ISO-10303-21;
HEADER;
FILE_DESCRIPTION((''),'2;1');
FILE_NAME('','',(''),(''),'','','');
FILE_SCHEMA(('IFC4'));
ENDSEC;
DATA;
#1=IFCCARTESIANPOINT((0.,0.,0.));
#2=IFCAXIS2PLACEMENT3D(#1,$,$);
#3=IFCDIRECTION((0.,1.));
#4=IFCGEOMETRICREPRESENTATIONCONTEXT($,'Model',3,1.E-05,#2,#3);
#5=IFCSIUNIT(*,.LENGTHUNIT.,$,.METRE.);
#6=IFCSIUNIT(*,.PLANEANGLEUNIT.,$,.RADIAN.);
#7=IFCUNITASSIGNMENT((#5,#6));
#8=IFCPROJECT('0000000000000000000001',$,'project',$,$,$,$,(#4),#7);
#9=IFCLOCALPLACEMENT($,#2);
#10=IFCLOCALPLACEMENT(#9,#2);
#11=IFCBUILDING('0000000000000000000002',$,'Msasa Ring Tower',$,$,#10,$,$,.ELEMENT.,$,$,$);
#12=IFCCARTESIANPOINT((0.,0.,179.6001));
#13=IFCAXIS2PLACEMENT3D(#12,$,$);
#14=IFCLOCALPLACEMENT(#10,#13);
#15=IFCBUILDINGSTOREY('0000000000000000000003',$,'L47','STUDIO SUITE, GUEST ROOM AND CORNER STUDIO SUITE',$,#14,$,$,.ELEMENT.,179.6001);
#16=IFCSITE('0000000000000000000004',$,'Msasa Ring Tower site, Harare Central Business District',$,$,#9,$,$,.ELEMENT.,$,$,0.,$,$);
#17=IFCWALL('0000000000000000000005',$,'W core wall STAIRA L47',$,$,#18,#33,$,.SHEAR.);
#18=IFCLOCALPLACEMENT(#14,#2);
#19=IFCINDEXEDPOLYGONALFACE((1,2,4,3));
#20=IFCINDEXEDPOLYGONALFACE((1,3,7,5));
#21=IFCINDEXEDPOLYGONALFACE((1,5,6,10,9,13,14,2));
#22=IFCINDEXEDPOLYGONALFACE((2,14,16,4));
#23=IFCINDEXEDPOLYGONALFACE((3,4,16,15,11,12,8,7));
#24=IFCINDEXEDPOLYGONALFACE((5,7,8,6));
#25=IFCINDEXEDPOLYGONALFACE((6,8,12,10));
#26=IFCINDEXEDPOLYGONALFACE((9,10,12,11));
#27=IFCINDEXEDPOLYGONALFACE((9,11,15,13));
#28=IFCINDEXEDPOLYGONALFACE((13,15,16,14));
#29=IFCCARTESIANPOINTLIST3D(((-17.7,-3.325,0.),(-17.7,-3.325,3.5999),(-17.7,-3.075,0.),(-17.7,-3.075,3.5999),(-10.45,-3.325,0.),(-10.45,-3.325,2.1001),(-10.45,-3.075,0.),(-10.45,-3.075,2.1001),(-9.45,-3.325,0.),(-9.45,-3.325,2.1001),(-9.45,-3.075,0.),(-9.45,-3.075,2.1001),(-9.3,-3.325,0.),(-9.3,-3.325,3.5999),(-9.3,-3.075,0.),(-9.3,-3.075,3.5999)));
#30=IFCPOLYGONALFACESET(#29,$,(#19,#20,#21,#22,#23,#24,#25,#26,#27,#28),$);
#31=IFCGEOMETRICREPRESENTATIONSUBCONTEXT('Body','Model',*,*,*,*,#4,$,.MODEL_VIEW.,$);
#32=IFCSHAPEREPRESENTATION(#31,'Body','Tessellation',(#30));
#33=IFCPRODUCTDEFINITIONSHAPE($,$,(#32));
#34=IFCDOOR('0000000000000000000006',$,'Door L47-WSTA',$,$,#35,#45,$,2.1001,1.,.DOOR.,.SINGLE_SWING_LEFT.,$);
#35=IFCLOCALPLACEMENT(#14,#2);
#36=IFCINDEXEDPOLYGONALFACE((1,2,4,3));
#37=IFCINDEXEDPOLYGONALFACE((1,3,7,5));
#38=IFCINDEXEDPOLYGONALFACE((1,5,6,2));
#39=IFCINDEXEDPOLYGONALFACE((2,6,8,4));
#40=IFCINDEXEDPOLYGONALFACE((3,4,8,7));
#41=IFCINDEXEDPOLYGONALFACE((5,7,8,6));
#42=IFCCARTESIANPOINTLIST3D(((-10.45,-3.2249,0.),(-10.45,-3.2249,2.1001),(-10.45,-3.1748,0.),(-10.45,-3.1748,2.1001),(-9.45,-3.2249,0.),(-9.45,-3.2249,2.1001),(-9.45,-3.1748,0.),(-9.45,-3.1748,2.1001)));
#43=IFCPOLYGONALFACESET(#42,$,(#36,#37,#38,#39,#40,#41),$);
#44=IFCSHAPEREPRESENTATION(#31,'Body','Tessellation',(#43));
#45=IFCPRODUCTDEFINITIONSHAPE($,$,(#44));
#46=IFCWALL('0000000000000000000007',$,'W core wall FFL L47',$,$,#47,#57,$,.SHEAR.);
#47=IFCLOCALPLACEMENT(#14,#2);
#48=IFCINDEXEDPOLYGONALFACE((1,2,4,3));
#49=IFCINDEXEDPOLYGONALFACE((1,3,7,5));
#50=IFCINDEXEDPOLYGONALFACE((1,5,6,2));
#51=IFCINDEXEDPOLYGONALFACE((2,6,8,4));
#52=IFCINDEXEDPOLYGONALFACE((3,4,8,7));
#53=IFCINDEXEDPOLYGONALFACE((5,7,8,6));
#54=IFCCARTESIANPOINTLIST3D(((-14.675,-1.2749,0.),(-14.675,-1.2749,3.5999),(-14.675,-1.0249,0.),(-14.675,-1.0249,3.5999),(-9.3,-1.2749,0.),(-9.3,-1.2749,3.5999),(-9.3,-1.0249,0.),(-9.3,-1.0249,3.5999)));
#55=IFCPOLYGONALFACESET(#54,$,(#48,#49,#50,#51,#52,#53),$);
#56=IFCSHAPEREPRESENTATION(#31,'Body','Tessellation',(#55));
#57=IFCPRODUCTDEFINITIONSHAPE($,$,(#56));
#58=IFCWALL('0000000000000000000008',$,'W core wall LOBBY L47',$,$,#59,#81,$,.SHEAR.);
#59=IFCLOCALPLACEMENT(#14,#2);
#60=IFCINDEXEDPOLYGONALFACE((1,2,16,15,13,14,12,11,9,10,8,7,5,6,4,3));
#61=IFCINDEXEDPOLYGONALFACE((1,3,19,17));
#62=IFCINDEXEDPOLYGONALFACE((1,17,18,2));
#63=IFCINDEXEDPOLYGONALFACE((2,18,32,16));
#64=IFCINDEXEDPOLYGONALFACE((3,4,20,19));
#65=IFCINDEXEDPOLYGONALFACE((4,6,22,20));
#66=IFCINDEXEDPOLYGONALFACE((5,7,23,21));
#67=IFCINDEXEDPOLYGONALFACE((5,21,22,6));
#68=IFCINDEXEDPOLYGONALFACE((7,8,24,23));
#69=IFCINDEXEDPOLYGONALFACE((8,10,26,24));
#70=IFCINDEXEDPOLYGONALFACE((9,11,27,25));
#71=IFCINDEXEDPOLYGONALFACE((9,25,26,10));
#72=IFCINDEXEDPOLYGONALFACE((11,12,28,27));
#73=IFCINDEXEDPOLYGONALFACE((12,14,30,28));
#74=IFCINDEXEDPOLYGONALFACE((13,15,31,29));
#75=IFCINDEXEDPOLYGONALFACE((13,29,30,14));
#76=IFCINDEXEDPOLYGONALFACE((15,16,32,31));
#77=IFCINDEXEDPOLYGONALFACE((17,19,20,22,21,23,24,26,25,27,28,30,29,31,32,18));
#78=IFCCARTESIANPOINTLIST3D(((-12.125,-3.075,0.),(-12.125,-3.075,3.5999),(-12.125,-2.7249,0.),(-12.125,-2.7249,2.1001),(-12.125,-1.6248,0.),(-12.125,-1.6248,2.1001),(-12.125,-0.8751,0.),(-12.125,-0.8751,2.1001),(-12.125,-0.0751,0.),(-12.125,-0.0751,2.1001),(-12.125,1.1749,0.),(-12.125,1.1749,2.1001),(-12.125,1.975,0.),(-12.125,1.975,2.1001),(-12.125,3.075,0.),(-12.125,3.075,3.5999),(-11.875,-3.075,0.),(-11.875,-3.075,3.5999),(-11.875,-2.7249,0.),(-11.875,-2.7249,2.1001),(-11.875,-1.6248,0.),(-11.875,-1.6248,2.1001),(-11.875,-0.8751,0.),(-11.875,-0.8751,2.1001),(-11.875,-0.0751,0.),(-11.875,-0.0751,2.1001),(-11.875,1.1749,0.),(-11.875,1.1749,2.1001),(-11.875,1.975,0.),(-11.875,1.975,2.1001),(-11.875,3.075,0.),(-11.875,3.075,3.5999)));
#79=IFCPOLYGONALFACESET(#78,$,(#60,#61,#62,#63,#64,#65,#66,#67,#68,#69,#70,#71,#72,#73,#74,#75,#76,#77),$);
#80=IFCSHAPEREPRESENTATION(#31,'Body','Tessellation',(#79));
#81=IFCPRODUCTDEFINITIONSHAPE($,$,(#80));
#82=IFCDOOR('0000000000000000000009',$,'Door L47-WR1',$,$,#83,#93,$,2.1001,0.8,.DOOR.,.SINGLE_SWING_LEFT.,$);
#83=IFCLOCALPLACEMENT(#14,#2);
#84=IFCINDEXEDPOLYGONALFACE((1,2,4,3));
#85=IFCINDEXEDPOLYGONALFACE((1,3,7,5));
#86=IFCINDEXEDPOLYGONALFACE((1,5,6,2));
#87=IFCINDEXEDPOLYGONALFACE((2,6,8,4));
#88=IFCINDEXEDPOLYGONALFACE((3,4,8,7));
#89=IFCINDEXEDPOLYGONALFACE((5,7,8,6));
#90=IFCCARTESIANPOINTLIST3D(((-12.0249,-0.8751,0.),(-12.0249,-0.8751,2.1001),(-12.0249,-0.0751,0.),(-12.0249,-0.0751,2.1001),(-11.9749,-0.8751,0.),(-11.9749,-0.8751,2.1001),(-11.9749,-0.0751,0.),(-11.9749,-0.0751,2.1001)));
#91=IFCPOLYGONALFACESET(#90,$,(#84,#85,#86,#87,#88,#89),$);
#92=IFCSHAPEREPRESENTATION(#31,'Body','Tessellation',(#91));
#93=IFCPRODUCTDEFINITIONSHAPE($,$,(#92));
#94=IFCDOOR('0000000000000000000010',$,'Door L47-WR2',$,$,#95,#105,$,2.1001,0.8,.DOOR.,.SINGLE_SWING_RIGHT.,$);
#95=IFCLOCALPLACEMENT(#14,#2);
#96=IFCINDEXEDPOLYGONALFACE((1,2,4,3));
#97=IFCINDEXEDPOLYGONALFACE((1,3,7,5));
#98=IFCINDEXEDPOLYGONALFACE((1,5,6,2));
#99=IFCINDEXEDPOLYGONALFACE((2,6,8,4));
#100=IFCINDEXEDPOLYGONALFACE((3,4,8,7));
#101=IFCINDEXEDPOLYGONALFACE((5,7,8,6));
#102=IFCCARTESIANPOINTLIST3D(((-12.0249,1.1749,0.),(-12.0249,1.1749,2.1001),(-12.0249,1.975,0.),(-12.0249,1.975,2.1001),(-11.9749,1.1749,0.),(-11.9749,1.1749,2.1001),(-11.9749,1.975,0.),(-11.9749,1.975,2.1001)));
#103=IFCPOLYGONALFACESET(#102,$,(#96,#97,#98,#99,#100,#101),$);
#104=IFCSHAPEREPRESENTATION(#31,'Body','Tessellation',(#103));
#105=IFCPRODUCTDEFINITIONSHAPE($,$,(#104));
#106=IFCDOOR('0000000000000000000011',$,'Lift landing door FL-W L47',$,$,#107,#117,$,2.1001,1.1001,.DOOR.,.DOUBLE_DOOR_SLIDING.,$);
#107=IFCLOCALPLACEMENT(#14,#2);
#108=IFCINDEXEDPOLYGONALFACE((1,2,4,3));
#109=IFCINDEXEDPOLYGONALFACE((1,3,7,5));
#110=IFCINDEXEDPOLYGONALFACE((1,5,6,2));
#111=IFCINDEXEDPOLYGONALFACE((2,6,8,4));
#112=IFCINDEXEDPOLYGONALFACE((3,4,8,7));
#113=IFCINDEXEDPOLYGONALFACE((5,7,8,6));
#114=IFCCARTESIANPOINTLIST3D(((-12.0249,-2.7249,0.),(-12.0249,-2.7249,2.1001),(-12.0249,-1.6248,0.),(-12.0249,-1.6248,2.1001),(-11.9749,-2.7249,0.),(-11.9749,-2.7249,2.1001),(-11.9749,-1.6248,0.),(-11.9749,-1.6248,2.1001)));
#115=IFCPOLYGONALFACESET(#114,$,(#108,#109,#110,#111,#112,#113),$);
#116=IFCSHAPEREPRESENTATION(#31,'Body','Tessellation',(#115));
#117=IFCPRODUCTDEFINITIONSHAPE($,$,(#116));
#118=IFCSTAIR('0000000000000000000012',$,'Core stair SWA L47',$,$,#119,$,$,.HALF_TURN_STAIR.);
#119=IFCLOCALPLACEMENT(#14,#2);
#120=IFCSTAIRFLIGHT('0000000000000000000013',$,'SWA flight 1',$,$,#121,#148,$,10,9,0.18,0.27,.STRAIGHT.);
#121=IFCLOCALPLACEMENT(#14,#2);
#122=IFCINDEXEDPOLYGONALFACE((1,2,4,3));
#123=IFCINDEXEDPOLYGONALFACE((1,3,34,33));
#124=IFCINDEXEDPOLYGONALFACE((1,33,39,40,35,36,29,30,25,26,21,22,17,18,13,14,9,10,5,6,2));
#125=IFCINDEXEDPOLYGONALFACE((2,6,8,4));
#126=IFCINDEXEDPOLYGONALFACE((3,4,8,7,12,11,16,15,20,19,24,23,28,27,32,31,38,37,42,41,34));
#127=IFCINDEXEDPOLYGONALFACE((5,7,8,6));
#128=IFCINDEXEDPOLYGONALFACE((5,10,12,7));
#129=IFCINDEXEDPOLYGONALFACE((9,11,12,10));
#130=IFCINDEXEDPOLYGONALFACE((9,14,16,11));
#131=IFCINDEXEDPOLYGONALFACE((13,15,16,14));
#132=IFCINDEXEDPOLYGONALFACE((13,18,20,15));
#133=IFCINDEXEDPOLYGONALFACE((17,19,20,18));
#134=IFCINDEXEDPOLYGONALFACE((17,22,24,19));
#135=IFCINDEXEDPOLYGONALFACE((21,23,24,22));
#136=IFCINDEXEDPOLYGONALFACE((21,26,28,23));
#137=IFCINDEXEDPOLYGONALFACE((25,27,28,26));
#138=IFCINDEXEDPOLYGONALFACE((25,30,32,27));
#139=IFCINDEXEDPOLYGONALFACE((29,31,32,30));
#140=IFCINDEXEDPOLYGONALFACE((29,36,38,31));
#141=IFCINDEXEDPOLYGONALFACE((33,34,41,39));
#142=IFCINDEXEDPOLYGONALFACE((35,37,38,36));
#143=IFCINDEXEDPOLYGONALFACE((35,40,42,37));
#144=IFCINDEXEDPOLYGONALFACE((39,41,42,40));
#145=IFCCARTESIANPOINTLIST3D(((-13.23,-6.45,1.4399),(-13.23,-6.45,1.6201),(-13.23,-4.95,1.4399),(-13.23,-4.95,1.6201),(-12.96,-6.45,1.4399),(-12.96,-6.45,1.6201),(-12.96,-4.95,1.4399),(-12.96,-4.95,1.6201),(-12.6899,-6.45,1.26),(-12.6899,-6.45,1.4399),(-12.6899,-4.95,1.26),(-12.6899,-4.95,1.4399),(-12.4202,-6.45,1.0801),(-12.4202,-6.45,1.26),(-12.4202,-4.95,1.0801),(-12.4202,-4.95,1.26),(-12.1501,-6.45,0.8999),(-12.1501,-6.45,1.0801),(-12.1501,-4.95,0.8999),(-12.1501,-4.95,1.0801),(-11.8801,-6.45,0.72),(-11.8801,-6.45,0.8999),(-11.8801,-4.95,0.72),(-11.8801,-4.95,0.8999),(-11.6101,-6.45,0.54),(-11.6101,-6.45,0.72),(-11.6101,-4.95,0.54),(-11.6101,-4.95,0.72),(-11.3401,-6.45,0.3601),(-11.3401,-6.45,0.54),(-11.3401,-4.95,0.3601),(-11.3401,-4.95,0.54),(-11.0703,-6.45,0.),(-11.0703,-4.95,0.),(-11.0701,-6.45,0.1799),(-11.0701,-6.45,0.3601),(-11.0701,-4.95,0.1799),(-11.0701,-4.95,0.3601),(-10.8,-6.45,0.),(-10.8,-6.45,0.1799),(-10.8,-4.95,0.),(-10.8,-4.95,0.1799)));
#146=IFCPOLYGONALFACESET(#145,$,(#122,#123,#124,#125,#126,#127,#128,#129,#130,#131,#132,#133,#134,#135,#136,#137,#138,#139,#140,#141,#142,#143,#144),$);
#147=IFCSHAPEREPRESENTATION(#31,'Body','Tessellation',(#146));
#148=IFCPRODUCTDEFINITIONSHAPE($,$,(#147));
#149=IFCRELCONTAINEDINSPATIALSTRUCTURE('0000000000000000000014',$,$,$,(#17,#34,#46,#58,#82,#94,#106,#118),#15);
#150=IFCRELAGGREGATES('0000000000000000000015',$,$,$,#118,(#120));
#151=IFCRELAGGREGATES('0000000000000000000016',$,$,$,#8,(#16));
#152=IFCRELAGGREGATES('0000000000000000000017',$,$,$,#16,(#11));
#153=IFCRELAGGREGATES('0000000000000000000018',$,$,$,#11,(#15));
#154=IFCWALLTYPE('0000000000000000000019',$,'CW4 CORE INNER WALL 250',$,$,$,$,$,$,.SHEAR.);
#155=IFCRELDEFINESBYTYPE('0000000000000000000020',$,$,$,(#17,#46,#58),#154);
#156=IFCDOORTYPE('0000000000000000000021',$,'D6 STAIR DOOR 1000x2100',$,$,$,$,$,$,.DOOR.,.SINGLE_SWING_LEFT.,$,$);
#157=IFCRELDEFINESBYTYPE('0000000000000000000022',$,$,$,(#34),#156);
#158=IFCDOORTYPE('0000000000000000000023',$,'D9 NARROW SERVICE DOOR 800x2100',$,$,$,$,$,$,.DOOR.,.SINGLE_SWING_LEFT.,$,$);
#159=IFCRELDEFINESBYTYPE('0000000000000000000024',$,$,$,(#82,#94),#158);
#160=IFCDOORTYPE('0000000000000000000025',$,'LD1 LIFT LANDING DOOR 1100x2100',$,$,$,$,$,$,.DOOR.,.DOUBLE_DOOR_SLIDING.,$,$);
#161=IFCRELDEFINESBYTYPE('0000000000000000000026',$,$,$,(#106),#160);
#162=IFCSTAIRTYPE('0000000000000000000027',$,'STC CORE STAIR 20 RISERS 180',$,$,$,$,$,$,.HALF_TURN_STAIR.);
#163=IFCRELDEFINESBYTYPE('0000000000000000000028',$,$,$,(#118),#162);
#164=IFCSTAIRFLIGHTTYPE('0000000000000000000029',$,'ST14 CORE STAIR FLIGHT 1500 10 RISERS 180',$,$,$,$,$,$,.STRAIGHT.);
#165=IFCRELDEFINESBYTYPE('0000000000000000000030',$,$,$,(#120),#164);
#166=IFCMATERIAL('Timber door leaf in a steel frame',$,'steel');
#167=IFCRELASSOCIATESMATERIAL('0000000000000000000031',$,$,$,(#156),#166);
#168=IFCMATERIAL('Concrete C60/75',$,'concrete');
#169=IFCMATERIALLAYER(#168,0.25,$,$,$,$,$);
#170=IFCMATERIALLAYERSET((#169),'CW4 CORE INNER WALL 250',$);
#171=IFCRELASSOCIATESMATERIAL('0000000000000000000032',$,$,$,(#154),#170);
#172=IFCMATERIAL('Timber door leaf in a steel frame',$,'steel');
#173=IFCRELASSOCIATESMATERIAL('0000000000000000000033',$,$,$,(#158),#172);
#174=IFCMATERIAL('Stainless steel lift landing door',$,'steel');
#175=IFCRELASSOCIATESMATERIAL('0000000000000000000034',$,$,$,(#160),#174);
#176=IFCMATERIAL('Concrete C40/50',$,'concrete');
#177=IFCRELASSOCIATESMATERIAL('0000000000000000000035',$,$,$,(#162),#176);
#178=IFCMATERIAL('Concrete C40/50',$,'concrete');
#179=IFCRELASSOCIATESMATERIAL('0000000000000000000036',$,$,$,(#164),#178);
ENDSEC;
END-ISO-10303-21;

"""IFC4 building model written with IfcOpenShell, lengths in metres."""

from ifc_helpers import new_model, si_unit, direction, frame, frame_2d, origin, place, context, subcontext, project, spatial, polyline, rectangle, outline, extrude, material, layer, layer_set, type_object, element, fill, aggregate, save


model = new_model("IFC4")

# Units and contexts
model_context = context("Model", 3, precision=1e-05, world=origin(), true_north=direction((0.0, 1.0)))
body_context = subcontext(model_context, "Body", "Model", "MODEL_VIEW")
ifc_project = project(units=[si_unit("LENGTHUNIT", "METRE"), si_unit("PLANEANGLEUNIT", "RADIAN")], contexts=[model_context])

# Site, building, storey
site_placement = place(None, origin())
site = spatial("IfcSite", under=ifc_project, at=site_placement, Name="Msasa Ring Tower site, Harare Central Business District", CompositionType="ELEMENT", RefElevation=0.0)
building_placement = place(site_placement, origin())
building = spatial("IfcBuilding", under=site, at=building_placement, Name="Msasa Ring Tower", CompositionType="ELEMENT")
storey_placement = place(building_placement, frame((0.0, 0.0, 179.6001)))
storey = spatial("IfcBuildingStorey", under=building, at=storey_placement, Name="L47", Description="STUDIO SUITE, GUEST ROOM AND CORNER STUDIO SUITE", CompositionType="ELEMENT", Elevation=179.6001)

# Shared definitions
ifc_material_1 = material(Name="Timber door leaf in a steel frame", Category="steel")
door_type_1 = type_object("IfcDoorType", Name="D6 STAIR DOOR 1000x2100", OperationType="SINGLE_SWING_LEFT", PredefinedType="DOOR", material=ifc_material_1)

# Wall, opening, door
ifc_material_2 = material(Name="Concrete C60/75", Category="concrete")
ifc_layer_1 = layer(ifc_material_2, 0.25)
ifc_layer_set_1 = layer_set([ifc_layer_1], Name="CW4 CORE INNER WALL 250")
wall_type_1 = type_object("IfcWallType", Name="CW4 CORE INNER WALL 250", PredefinedType="SHEAR", material=ifc_layer_set_1)
wall_1_placement = place(storey_placement, frame((-9.3, -3.2, 0.0), z_axis=(0.0, 0.0, 1.0), x_axis=(-1.0, 0.0, 0.0)))
wall_1 = element("IfcWall", 1, at=wall_1_placement, inside=storey, type_object=wall_type_1, Name="W core wall STAIRA L47", PredefinedType="SHEAR", context=body_context, shape_type="SweptSolid", body=[
    extrude(rectangle(XDim=8.3999, YDim=0.25, at=frame_2d((4.2, 0.0))), origin(), (0.0, 0.0, 1.0), 3.5999),
])
opening_1_placement = place(wall_1_placement, frame((0.1499, 0.0, 0.0)))
opening_1 = element("IfcOpeningElement", 2, at=opening_1_placement, cuts=wall_1, PredefinedType="OPENING", context=body_context, shape_type="SweptSolid", body=[
    extrude(rectangle(XDim=1.0, YDim=2.1001, at=frame_2d((0.5, 1.05))), frame((0.0, 0.135, 0.0), z_axis=(0.0, -1.0, 0.0), x_axis=(1.0, 0.0, 0.0)), (0.0, 0.0, 1.0), 0.27),
])
door_1_placement = place(opening_1_placement, origin())
door_1 = element("IfcDoor", 3, at=door_1_placement, inside=storey, type_object=door_type_1, Name="Door L47-WSTA", OperationType="SINGLE_SWING_LEFT", OverallHeight=2.1001, OverallWidth=1.0, PredefinedType="DOOR", context=body_context, shape_type="SweptSolid", body=[
    extrude(rectangle(XDim=1.0, YDim=2.1001, at=frame_2d((0.5, 1.05))), frame((0.0, 0.0249, 0.0), z_axis=(0.0, -1.0, 0.0), x_axis=(1.0, 0.0, 0.0)), (0.0, 0.0, 1.0), 0.05),
])
fill(opening_1, door_1)

# Wall
wall_2_placement = place(storey_placement, frame((-9.3, -1.1499, 0.0), z_axis=(0.0, 0.0, 1.0), x_axis=(-1.0, 0.0, 0.0)))
element("IfcWall", 4, at=wall_2_placement, inside=storey, type_object=wall_type_1, Name="W core wall FFL L47", PredefinedType="SHEAR", context=body_context, shape_type="SweptSolid", body=[
    extrude(rectangle(XDim=5.375, YDim=0.25, at=frame_2d((2.6875, 0.0))), origin(), (0.0, 0.0, 1.0), 3.5999),
])

# Wall, openings, doors
wall_3_placement = place(storey_placement, frame((-12.0, -3.075, 0.0), z_axis=(0.0, 0.0, 1.0), x_axis=(0.0, 1.0, 0.0)))
wall_3 = element("IfcWall", 5, at=wall_3_placement, inside=storey, type_object=wall_type_1, Name="W core wall LOBBY L47", PredefinedType="SHEAR", context=body_context, shape_type="SweptSolid", body=[
    extrude(rectangle(XDim=6.1499, YDim=0.25, at=frame_2d((3.075, 0.0))), origin(), (0.0, 0.0, 1.0), 3.5999),
])
opening_2_placement = place(wall_3_placement, frame((2.2, 0.0, 0.0)))
opening_2 = element("IfcOpeningElement", 6, at=opening_2_placement, cuts=wall_3, PredefinedType="OPENING", context=body_context, shape_type="SweptSolid", body=[
    extrude(rectangle(XDim=0.8, YDim=2.1001, at=frame_2d((0.3999, 1.05))), frame((0.0, 0.135, 0.0), z_axis=(0.0, -1.0, 0.0), x_axis=(1.0, 0.0, 0.0)), (0.0, 0.0, 1.0), 0.27),
])
opening_3_placement = place(wall_3_placement, frame((4.25, 0.0, 0.0)))
opening_3 = element("IfcOpeningElement", 7, at=opening_3_placement, cuts=wall_3, PredefinedType="OPENING", context=body_context, shape_type="SweptSolid", body=[
    extrude(rectangle(XDim=0.8, YDim=2.1001, at=frame_2d((0.3999, 1.05))), frame((0.0, 0.135, 0.0), z_axis=(0.0, -1.0, 0.0), x_axis=(1.0, 0.0, 0.0)), (0.0, 0.0, 1.0), 0.27),
])
opening_4_placement = place(wall_3_placement, frame((0.3501, 0.0, 0.0)))
opening_4 = element("IfcOpeningElement", 8, at=opening_4_placement, cuts=wall_3, PredefinedType="OPENING", context=body_context, shape_type="SweptSolid", body=[
    extrude(rectangle(XDim=1.1001, YDim=2.1001, at=frame_2d((0.55, 1.05))), frame((0.0, 0.135, 0.0), z_axis=(0.0, -1.0, 0.0), x_axis=(1.0, 0.0, 0.0)), (0.0, 0.0, 1.0), 0.27),
])
ifc_material_3 = material(Name="Timber door leaf in a steel frame", Category="steel")
door_type_2 = type_object("IfcDoorType", Name="D9 NARROW SERVICE DOOR 800x2100", OperationType="SINGLE_SWING_LEFT", PredefinedType="DOOR", material=ifc_material_3)
door_2_placement = place(opening_2_placement, origin())
door_2 = element("IfcDoor", 9, at=door_2_placement, inside=storey, type_object=door_type_2, Name="Door L47-WR1", OperationType="SINGLE_SWING_LEFT", OverallHeight=2.1001, OverallWidth=0.8, PredefinedType="DOOR", context=body_context, shape_type="SweptSolid", body=[
    extrude(rectangle(XDim=0.8, YDim=2.1001, at=frame_2d((0.3999, 1.05))), frame((0.0, 0.0249, 0.0), z_axis=(0.0, -1.0, 0.0), x_axis=(1.0, 0.0, 0.0)), (0.0, 0.0, 1.0), 0.05),
])
fill(opening_2, door_2)
door_3_placement = place(opening_3_placement, origin())
door_3 = element("IfcDoor", 10, at=door_3_placement, inside=storey, type_object=door_type_2, Name="Door L47-WR2", OperationType="SINGLE_SWING_RIGHT", OverallHeight=2.1001, OverallWidth=0.8, PredefinedType="DOOR", context=body_context, shape_type="SweptSolid", body=[
    extrude(rectangle(XDim=0.8, YDim=2.1001, at=frame_2d((0.3999, 1.05))), frame((0.0, 0.0249, 0.0), z_axis=(0.0, -1.0, 0.0), x_axis=(1.0, 0.0, 0.0)), (0.0, 0.0, 1.0), 0.05),
])
fill(opening_3, door_3)
ifc_material_4 = material(Name="Stainless steel lift landing door", Category="steel")
door_type_3 = type_object("IfcDoorType", Name="LD1 LIFT LANDING DOOR 1100x2100", OperationType="DOUBLE_DOOR_SLIDING", PredefinedType="DOOR", material=ifc_material_4)
door_4_placement = place(opening_4_placement, origin())
door_4 = element("IfcDoor", 11, at=door_4_placement, inside=storey, type_object=door_type_3, Name="Lift landing door FL-W L47", OperationType="DOUBLE_DOOR_SLIDING", OverallHeight=2.1001, OverallWidth=1.1001, PredefinedType="DOOR", context=body_context, shape_type="SweptSolid", body=[
    extrude(rectangle(XDim=1.1001, YDim=2.1001, at=frame_2d((0.55, 1.05))), frame((0.0, 0.0249, 0.0), z_axis=(0.0, -1.0, 0.0), x_axis=(1.0, 0.0, 0.0)), (0.0, 0.0, 1.0), 0.05),
])
fill(opening_4, door_4)

# Stair, stair flight
ifc_material_5 = material(Name="Concrete C40/50", Category="concrete")
stair_type = type_object("IfcStairType", Name="STC CORE STAIR 20 RISERS 180", PredefinedType="HALF_TURN_STAIR", material=ifc_material_5)
stair_placement = place(storey_placement, origin())
stair = element("IfcStair", 12, at=stair_placement, inside=storey, type_object=stair_type, Name="Core stair SWA L47", PredefinedType="HALF_TURN_STAIR")
ifc_material_6 = material(Name="Concrete C40/50", Category="concrete")
stair_flight_type = type_object("IfcStairFlightType", Name="ST14 CORE STAIR FLIGHT 1500 10 RISERS 180", PredefinedType="STRAIGHT", material=ifc_material_6)
stair_flight_1_placement = place(storey_placement, frame((-10.8, -5.7, 0.0), z_axis=(0.0, 0.0, 1.0), x_axis=(-1.0, 0.0, 0.0)))
stair_flight_1 = element("IfcStairFlight", 13, at=stair_flight_1_placement, type_object=stair_flight_type, Name="SWA flight 1", NumberOfRisers=10, NumberOfTreads=9, PredefinedType="STRAIGHT", RiserHeight=0.18, TreadLength=0.27, context=body_context, shape_type="SweptSolid", body=[
    extrude(outline(polyline([(0.0, 0.0), (0.0, 0.1799), (0.27, 0.1799), (0.27, 0.3601), (0.54, 0.3601), (0.54, 0.54), (0.8101, 0.54), (0.8101, 0.72), (1.0801, 0.72), (1.0801, 0.8999), (1.3501, 0.8999), (1.3501, 1.0801), (1.6201, 1.0801), (1.6201, 1.26), (1.8899, 1.26), (1.8899, 1.4399), (2.1599, 1.4399), (2.1599, 1.6201), (2.4299, 1.6201), (2.4299, 1.8), (2.4299, 1.4399), (0.2703, 0.0), (0.0, 0.0)])), frame((0.0, 0.75, 0.0), z_axis=(0.0, -1.0, 0.0), x_axis=(1.0, 0.0, 0.0)), (0.0, 0.0, 1.0), 1.5),
])
aggregate(stair, [stair_flight_1])

save(model, "model.ifc")
